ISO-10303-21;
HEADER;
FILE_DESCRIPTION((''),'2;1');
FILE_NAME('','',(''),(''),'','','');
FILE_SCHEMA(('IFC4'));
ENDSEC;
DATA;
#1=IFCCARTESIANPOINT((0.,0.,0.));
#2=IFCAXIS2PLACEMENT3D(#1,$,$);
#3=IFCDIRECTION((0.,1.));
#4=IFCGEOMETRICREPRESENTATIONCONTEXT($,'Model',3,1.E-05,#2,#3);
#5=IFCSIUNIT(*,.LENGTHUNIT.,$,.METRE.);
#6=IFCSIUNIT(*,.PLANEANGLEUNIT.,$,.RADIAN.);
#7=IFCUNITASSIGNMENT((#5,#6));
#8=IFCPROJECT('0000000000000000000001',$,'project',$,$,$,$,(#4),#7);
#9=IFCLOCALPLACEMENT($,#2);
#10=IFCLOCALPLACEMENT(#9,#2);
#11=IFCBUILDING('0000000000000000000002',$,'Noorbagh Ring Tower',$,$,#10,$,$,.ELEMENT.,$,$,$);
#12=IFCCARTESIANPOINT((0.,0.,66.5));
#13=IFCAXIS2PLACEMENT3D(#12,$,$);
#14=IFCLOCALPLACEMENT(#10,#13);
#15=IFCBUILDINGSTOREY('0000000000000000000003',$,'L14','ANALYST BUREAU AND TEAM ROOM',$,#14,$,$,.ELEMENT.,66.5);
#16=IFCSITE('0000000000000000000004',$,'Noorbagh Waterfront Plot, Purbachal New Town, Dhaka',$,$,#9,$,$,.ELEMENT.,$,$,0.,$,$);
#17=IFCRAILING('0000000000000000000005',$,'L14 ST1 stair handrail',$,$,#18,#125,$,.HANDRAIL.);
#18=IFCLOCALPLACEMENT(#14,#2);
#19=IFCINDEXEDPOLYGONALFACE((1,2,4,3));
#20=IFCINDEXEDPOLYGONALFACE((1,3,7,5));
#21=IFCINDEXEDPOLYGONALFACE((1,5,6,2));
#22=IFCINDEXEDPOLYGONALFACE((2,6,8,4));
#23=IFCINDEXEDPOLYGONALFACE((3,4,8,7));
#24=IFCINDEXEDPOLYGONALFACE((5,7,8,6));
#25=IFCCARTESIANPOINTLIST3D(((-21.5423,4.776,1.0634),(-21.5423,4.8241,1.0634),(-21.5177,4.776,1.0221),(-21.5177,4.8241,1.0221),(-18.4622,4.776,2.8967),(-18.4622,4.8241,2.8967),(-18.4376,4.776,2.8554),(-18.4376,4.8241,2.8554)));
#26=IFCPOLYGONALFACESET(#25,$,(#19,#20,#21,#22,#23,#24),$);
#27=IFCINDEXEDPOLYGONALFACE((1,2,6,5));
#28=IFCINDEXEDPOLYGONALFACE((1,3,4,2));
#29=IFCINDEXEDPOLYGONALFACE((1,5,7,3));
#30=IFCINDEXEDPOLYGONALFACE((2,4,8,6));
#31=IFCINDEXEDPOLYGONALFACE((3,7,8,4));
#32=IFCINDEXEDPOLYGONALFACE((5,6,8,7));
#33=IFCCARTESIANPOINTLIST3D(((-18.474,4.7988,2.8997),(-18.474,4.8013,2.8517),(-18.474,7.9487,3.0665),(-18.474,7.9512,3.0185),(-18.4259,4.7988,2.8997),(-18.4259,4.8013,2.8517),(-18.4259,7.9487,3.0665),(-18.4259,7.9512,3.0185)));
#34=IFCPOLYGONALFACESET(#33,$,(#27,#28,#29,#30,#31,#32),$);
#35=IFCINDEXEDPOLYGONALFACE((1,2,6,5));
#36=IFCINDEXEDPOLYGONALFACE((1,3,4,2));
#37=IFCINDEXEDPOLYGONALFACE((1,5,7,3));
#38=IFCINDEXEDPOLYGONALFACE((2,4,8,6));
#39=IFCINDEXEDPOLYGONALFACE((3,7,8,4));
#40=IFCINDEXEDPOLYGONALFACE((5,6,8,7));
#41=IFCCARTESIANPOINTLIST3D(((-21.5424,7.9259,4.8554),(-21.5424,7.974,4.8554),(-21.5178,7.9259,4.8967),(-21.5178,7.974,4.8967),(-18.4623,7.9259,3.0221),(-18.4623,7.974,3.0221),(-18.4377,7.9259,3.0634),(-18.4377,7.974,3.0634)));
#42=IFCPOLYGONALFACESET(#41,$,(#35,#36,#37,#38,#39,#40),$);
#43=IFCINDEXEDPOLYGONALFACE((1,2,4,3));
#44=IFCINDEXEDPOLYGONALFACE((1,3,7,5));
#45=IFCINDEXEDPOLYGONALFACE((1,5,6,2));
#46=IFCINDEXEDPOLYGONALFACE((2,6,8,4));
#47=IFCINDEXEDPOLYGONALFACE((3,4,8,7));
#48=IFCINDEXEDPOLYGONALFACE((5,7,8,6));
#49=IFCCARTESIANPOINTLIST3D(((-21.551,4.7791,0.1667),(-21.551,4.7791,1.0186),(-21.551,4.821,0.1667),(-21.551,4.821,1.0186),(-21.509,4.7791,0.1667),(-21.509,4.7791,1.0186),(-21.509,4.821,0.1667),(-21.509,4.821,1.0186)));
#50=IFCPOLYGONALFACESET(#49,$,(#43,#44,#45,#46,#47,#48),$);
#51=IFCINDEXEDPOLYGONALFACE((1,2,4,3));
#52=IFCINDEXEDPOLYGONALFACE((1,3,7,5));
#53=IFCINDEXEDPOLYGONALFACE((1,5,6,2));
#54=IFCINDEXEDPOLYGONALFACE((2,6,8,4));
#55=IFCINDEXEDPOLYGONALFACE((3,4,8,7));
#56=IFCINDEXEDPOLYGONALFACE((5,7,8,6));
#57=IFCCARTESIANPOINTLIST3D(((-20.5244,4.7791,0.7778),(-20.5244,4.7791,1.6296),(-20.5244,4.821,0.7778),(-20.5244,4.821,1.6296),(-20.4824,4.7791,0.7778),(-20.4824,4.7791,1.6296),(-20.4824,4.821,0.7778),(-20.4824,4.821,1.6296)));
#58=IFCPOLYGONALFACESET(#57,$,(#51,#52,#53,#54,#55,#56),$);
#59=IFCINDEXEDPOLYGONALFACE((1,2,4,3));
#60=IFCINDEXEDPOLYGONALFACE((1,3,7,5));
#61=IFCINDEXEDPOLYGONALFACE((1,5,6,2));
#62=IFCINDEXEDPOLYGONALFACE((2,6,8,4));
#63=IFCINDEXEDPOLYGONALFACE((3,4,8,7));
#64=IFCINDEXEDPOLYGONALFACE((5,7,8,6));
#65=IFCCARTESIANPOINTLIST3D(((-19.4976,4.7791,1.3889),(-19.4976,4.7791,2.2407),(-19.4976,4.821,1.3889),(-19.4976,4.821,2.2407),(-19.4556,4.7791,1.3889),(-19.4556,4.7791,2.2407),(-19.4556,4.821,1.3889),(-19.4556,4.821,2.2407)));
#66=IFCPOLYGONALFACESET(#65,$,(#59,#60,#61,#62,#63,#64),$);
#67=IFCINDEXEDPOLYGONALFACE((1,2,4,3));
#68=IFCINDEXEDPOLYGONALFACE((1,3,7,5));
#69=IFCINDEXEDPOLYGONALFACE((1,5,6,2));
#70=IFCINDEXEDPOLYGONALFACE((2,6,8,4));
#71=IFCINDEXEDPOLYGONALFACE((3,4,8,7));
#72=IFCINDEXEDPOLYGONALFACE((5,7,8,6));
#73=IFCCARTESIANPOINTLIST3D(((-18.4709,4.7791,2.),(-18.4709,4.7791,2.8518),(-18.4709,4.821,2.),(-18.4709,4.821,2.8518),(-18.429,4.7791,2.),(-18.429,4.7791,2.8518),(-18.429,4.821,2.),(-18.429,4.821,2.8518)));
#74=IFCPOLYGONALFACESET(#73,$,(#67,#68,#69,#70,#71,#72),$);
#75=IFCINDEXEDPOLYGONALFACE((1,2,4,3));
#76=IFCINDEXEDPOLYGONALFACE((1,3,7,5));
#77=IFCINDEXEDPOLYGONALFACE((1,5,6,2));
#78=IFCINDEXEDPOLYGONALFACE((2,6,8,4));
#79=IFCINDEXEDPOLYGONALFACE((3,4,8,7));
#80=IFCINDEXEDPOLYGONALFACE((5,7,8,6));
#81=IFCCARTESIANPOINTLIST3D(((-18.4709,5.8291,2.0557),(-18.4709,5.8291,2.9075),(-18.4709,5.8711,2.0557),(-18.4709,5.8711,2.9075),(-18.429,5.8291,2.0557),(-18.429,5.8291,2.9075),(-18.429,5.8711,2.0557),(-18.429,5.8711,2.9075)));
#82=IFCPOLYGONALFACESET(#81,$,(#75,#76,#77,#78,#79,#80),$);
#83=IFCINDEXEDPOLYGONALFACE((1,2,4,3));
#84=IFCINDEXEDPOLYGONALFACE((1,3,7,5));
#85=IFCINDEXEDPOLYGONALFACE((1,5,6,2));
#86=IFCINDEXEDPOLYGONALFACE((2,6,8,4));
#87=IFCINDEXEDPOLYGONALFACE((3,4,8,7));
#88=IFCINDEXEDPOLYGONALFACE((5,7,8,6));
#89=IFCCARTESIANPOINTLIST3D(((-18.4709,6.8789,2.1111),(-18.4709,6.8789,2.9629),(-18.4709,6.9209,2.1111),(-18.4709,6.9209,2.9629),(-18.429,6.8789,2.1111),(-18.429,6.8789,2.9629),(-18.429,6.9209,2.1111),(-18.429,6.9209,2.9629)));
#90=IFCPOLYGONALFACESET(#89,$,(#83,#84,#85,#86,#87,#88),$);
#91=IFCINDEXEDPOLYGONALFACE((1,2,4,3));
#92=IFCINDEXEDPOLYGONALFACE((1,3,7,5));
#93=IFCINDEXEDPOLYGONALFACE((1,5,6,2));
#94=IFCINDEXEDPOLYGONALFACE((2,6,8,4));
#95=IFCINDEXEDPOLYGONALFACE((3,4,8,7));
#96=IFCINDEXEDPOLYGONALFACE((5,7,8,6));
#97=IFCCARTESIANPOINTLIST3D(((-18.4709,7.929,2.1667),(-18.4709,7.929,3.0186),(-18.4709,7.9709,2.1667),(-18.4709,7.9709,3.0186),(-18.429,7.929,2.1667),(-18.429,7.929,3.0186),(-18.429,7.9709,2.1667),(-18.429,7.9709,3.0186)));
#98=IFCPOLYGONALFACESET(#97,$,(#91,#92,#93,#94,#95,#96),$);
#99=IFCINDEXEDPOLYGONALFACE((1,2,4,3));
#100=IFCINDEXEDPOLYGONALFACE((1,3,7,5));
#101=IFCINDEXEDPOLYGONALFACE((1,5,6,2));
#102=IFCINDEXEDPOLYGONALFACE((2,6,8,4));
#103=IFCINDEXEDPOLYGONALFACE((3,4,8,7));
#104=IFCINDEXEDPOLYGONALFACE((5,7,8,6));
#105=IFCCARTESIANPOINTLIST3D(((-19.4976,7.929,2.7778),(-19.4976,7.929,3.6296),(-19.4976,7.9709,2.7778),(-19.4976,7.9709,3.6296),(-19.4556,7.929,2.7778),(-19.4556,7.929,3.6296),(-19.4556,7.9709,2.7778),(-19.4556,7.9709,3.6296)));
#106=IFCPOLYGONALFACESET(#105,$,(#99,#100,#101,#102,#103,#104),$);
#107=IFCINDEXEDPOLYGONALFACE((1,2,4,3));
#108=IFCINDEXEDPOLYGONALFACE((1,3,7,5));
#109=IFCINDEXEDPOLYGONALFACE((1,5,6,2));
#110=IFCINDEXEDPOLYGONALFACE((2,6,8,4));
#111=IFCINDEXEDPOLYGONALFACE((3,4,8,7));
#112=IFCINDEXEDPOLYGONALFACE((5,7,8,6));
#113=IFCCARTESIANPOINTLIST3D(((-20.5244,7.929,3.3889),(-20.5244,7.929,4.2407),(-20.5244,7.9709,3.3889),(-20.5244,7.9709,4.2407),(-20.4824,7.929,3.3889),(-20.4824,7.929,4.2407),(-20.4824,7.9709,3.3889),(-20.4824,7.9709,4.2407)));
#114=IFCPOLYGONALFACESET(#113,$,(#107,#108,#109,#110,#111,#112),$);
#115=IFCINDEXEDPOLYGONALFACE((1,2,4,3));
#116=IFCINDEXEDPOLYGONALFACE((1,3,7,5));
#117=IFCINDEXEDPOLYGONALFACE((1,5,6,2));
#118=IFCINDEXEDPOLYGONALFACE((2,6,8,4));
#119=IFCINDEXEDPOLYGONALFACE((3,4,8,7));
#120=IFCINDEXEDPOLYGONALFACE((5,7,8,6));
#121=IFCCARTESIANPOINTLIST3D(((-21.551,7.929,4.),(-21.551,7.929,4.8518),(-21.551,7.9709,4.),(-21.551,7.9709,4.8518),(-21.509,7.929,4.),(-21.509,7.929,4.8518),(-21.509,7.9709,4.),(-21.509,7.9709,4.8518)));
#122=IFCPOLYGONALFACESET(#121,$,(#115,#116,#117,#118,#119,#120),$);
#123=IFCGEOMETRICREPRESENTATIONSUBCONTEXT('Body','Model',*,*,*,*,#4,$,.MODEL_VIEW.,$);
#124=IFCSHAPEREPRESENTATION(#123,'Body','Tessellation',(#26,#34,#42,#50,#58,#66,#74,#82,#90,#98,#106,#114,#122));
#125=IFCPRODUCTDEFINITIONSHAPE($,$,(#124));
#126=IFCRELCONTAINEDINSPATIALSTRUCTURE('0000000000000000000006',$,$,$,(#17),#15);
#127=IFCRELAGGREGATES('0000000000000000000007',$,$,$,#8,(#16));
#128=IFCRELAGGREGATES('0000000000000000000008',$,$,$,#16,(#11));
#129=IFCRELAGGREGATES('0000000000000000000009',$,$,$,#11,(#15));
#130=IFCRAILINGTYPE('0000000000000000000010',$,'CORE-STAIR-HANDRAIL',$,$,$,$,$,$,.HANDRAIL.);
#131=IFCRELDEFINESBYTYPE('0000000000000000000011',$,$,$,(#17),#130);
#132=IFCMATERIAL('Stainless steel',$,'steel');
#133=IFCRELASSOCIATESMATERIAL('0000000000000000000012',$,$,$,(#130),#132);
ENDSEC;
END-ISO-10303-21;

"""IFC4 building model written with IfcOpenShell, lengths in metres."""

from ifc_helpers import new_model, si_unit, direction, frame, origin, origin_2d, place, context, subcontext, project, spatial, rectangle, extrude, material, type_object, element, save


model = new_model("IFC4")

# Units and contexts
model_context = context("Model", 3, precision=1e-05, world=origin(), true_north=direction((0.0, 1.0)))
body_context = subcontext(model_context, "Body", "Model", "MODEL_VIEW")
ifc_project = project(units=[si_unit("LENGTHUNIT", "METRE"), si_unit("PLANEANGLEUNIT", "RADIAN")], contexts=[model_context])

# Site, building, storey
site_placement = place(None, origin())
site = spatial("IfcSite", under=ifc_project, at=site_placement, Name="Noorbagh Waterfront Plot, Purbachal New Town, Dhaka", CompositionType="ELEMENT", RefElevation=0.0)
building_placement = place(site_placement, origin())
building = spatial("IfcBuilding", under=site, at=building_placement, Name="Noorbagh Ring Tower", CompositionType="ELEMENT")
storey_placement = place(building_placement, frame((0.0, 0.0, 66.5)))
storey = spatial("IfcBuildingStorey", under=building, at=storey_placement, Name="L14", Description="ANALYST BUREAU AND TEAM ROOM", CompositionType="ELEMENT", Elevation=66.5)

# Railing
ifc_material_1 = material(Name="Stainless steel", Category="steel")
railing_type_1 = type_object("IfcRailingType", Name="CORE-STAIR-HANDRAIL", PredefinedType="HANDRAIL", material=ifc_material_1)
railing_1_placement = place(storey_placement, frame((-21.53, 4.8, 0.1667)))
element("IfcRailing", 1, at=railing_1_placement, inside=storey, type_object=railing_type_1, Name="L14 ST1 stair handrail", PredefinedType="HANDRAIL", context=body_context, shape_type="SweptSolid", body=[
    extrude(rectangle(XDim=0.0481, YDim=0.0481, at=origin_2d()), frame((0.0, 0.0, 0.876), z_axis=(0.859309, 0.0, 0.511458), x_axis=(0.0, 1.0, 0.0)), (0.0, 0.0, 1.0), 3.5845),
    extrude(rectangle(XDim=0.0481, YDim=0.0481, at=origin_2d()), frame((3.0801, 0.0, 2.709), z_axis=(0.0, 0.998602, 0.052864), x_axis=(-1.0, 0.0, 0.0)), (0.0, 0.0, 1.0), 3.1543),
    extrude(rectangle(XDim=0.0481, YDim=0.0481, at=origin_2d()), frame((3.0801, 3.1499, 2.876), z_axis=(-0.859309, 0.0, 0.511458), x_axis=(0.0, -1.0, 0.0)), (0.0, 0.0, 1.0), 3.5845),
    extrude(rectangle(XDim=0.042, YDim=0.042, at=origin_2d()), origin(), (0.0, 0.0, 1.0), 0.8518),
    extrude(rectangle(XDim=0.042, YDim=0.042, at=origin_2d()), frame((1.0266, 0.0, 0.6111)), (0.0, 0.0, 1.0), 0.8518),
    extrude(rectangle(XDim=0.042, YDim=0.042, at=origin_2d()), frame((2.0535, 0.0, 1.2222)), (0.0, 0.0, 1.0), 0.8518),
    extrude(rectangle(XDim=0.042, YDim=0.042, at=origin_2d()), frame((3.0801, 0.0, 1.8333)), (0.0, 0.0, 1.0), 0.8518),
    extrude(rectangle(XDim=0.042, YDim=0.042, at=origin_2d()), frame((3.0801, 1.05, 1.8889)), (0.0, 0.0, 1.0), 0.8518),
    extrude(rectangle(XDim=0.042, YDim=0.042, at=origin_2d()), frame((3.0801, 2.0999, 1.9443)), (0.0, 0.0, 1.0), 0.8518),
    extrude(rectangle(XDim=0.042, YDim=0.042, at=origin_2d()), frame((3.0801, 3.1499, 2.0)), (0.0, 0.0, 1.0), 0.8518),
    extrude(rectangle(XDim=0.042, YDim=0.042, at=origin_2d()), frame((2.0535, 3.1499, 2.6111)), (0.0, 0.0, 1.0), 0.8518),
    extrude(rectangle(XDim=0.042, YDim=0.042, at=origin_2d()), frame((1.0266, 3.1499, 3.2222)), (0.0, 0.0, 1.0), 0.8518),
    extrude(rectangle(XDim=0.042, YDim=0.042, at=origin_2d()), frame((0.0, 3.1499, 3.8333)), (0.0, 0.0, 1.0), 0.8518),
])

save(model, "model.ifc")
